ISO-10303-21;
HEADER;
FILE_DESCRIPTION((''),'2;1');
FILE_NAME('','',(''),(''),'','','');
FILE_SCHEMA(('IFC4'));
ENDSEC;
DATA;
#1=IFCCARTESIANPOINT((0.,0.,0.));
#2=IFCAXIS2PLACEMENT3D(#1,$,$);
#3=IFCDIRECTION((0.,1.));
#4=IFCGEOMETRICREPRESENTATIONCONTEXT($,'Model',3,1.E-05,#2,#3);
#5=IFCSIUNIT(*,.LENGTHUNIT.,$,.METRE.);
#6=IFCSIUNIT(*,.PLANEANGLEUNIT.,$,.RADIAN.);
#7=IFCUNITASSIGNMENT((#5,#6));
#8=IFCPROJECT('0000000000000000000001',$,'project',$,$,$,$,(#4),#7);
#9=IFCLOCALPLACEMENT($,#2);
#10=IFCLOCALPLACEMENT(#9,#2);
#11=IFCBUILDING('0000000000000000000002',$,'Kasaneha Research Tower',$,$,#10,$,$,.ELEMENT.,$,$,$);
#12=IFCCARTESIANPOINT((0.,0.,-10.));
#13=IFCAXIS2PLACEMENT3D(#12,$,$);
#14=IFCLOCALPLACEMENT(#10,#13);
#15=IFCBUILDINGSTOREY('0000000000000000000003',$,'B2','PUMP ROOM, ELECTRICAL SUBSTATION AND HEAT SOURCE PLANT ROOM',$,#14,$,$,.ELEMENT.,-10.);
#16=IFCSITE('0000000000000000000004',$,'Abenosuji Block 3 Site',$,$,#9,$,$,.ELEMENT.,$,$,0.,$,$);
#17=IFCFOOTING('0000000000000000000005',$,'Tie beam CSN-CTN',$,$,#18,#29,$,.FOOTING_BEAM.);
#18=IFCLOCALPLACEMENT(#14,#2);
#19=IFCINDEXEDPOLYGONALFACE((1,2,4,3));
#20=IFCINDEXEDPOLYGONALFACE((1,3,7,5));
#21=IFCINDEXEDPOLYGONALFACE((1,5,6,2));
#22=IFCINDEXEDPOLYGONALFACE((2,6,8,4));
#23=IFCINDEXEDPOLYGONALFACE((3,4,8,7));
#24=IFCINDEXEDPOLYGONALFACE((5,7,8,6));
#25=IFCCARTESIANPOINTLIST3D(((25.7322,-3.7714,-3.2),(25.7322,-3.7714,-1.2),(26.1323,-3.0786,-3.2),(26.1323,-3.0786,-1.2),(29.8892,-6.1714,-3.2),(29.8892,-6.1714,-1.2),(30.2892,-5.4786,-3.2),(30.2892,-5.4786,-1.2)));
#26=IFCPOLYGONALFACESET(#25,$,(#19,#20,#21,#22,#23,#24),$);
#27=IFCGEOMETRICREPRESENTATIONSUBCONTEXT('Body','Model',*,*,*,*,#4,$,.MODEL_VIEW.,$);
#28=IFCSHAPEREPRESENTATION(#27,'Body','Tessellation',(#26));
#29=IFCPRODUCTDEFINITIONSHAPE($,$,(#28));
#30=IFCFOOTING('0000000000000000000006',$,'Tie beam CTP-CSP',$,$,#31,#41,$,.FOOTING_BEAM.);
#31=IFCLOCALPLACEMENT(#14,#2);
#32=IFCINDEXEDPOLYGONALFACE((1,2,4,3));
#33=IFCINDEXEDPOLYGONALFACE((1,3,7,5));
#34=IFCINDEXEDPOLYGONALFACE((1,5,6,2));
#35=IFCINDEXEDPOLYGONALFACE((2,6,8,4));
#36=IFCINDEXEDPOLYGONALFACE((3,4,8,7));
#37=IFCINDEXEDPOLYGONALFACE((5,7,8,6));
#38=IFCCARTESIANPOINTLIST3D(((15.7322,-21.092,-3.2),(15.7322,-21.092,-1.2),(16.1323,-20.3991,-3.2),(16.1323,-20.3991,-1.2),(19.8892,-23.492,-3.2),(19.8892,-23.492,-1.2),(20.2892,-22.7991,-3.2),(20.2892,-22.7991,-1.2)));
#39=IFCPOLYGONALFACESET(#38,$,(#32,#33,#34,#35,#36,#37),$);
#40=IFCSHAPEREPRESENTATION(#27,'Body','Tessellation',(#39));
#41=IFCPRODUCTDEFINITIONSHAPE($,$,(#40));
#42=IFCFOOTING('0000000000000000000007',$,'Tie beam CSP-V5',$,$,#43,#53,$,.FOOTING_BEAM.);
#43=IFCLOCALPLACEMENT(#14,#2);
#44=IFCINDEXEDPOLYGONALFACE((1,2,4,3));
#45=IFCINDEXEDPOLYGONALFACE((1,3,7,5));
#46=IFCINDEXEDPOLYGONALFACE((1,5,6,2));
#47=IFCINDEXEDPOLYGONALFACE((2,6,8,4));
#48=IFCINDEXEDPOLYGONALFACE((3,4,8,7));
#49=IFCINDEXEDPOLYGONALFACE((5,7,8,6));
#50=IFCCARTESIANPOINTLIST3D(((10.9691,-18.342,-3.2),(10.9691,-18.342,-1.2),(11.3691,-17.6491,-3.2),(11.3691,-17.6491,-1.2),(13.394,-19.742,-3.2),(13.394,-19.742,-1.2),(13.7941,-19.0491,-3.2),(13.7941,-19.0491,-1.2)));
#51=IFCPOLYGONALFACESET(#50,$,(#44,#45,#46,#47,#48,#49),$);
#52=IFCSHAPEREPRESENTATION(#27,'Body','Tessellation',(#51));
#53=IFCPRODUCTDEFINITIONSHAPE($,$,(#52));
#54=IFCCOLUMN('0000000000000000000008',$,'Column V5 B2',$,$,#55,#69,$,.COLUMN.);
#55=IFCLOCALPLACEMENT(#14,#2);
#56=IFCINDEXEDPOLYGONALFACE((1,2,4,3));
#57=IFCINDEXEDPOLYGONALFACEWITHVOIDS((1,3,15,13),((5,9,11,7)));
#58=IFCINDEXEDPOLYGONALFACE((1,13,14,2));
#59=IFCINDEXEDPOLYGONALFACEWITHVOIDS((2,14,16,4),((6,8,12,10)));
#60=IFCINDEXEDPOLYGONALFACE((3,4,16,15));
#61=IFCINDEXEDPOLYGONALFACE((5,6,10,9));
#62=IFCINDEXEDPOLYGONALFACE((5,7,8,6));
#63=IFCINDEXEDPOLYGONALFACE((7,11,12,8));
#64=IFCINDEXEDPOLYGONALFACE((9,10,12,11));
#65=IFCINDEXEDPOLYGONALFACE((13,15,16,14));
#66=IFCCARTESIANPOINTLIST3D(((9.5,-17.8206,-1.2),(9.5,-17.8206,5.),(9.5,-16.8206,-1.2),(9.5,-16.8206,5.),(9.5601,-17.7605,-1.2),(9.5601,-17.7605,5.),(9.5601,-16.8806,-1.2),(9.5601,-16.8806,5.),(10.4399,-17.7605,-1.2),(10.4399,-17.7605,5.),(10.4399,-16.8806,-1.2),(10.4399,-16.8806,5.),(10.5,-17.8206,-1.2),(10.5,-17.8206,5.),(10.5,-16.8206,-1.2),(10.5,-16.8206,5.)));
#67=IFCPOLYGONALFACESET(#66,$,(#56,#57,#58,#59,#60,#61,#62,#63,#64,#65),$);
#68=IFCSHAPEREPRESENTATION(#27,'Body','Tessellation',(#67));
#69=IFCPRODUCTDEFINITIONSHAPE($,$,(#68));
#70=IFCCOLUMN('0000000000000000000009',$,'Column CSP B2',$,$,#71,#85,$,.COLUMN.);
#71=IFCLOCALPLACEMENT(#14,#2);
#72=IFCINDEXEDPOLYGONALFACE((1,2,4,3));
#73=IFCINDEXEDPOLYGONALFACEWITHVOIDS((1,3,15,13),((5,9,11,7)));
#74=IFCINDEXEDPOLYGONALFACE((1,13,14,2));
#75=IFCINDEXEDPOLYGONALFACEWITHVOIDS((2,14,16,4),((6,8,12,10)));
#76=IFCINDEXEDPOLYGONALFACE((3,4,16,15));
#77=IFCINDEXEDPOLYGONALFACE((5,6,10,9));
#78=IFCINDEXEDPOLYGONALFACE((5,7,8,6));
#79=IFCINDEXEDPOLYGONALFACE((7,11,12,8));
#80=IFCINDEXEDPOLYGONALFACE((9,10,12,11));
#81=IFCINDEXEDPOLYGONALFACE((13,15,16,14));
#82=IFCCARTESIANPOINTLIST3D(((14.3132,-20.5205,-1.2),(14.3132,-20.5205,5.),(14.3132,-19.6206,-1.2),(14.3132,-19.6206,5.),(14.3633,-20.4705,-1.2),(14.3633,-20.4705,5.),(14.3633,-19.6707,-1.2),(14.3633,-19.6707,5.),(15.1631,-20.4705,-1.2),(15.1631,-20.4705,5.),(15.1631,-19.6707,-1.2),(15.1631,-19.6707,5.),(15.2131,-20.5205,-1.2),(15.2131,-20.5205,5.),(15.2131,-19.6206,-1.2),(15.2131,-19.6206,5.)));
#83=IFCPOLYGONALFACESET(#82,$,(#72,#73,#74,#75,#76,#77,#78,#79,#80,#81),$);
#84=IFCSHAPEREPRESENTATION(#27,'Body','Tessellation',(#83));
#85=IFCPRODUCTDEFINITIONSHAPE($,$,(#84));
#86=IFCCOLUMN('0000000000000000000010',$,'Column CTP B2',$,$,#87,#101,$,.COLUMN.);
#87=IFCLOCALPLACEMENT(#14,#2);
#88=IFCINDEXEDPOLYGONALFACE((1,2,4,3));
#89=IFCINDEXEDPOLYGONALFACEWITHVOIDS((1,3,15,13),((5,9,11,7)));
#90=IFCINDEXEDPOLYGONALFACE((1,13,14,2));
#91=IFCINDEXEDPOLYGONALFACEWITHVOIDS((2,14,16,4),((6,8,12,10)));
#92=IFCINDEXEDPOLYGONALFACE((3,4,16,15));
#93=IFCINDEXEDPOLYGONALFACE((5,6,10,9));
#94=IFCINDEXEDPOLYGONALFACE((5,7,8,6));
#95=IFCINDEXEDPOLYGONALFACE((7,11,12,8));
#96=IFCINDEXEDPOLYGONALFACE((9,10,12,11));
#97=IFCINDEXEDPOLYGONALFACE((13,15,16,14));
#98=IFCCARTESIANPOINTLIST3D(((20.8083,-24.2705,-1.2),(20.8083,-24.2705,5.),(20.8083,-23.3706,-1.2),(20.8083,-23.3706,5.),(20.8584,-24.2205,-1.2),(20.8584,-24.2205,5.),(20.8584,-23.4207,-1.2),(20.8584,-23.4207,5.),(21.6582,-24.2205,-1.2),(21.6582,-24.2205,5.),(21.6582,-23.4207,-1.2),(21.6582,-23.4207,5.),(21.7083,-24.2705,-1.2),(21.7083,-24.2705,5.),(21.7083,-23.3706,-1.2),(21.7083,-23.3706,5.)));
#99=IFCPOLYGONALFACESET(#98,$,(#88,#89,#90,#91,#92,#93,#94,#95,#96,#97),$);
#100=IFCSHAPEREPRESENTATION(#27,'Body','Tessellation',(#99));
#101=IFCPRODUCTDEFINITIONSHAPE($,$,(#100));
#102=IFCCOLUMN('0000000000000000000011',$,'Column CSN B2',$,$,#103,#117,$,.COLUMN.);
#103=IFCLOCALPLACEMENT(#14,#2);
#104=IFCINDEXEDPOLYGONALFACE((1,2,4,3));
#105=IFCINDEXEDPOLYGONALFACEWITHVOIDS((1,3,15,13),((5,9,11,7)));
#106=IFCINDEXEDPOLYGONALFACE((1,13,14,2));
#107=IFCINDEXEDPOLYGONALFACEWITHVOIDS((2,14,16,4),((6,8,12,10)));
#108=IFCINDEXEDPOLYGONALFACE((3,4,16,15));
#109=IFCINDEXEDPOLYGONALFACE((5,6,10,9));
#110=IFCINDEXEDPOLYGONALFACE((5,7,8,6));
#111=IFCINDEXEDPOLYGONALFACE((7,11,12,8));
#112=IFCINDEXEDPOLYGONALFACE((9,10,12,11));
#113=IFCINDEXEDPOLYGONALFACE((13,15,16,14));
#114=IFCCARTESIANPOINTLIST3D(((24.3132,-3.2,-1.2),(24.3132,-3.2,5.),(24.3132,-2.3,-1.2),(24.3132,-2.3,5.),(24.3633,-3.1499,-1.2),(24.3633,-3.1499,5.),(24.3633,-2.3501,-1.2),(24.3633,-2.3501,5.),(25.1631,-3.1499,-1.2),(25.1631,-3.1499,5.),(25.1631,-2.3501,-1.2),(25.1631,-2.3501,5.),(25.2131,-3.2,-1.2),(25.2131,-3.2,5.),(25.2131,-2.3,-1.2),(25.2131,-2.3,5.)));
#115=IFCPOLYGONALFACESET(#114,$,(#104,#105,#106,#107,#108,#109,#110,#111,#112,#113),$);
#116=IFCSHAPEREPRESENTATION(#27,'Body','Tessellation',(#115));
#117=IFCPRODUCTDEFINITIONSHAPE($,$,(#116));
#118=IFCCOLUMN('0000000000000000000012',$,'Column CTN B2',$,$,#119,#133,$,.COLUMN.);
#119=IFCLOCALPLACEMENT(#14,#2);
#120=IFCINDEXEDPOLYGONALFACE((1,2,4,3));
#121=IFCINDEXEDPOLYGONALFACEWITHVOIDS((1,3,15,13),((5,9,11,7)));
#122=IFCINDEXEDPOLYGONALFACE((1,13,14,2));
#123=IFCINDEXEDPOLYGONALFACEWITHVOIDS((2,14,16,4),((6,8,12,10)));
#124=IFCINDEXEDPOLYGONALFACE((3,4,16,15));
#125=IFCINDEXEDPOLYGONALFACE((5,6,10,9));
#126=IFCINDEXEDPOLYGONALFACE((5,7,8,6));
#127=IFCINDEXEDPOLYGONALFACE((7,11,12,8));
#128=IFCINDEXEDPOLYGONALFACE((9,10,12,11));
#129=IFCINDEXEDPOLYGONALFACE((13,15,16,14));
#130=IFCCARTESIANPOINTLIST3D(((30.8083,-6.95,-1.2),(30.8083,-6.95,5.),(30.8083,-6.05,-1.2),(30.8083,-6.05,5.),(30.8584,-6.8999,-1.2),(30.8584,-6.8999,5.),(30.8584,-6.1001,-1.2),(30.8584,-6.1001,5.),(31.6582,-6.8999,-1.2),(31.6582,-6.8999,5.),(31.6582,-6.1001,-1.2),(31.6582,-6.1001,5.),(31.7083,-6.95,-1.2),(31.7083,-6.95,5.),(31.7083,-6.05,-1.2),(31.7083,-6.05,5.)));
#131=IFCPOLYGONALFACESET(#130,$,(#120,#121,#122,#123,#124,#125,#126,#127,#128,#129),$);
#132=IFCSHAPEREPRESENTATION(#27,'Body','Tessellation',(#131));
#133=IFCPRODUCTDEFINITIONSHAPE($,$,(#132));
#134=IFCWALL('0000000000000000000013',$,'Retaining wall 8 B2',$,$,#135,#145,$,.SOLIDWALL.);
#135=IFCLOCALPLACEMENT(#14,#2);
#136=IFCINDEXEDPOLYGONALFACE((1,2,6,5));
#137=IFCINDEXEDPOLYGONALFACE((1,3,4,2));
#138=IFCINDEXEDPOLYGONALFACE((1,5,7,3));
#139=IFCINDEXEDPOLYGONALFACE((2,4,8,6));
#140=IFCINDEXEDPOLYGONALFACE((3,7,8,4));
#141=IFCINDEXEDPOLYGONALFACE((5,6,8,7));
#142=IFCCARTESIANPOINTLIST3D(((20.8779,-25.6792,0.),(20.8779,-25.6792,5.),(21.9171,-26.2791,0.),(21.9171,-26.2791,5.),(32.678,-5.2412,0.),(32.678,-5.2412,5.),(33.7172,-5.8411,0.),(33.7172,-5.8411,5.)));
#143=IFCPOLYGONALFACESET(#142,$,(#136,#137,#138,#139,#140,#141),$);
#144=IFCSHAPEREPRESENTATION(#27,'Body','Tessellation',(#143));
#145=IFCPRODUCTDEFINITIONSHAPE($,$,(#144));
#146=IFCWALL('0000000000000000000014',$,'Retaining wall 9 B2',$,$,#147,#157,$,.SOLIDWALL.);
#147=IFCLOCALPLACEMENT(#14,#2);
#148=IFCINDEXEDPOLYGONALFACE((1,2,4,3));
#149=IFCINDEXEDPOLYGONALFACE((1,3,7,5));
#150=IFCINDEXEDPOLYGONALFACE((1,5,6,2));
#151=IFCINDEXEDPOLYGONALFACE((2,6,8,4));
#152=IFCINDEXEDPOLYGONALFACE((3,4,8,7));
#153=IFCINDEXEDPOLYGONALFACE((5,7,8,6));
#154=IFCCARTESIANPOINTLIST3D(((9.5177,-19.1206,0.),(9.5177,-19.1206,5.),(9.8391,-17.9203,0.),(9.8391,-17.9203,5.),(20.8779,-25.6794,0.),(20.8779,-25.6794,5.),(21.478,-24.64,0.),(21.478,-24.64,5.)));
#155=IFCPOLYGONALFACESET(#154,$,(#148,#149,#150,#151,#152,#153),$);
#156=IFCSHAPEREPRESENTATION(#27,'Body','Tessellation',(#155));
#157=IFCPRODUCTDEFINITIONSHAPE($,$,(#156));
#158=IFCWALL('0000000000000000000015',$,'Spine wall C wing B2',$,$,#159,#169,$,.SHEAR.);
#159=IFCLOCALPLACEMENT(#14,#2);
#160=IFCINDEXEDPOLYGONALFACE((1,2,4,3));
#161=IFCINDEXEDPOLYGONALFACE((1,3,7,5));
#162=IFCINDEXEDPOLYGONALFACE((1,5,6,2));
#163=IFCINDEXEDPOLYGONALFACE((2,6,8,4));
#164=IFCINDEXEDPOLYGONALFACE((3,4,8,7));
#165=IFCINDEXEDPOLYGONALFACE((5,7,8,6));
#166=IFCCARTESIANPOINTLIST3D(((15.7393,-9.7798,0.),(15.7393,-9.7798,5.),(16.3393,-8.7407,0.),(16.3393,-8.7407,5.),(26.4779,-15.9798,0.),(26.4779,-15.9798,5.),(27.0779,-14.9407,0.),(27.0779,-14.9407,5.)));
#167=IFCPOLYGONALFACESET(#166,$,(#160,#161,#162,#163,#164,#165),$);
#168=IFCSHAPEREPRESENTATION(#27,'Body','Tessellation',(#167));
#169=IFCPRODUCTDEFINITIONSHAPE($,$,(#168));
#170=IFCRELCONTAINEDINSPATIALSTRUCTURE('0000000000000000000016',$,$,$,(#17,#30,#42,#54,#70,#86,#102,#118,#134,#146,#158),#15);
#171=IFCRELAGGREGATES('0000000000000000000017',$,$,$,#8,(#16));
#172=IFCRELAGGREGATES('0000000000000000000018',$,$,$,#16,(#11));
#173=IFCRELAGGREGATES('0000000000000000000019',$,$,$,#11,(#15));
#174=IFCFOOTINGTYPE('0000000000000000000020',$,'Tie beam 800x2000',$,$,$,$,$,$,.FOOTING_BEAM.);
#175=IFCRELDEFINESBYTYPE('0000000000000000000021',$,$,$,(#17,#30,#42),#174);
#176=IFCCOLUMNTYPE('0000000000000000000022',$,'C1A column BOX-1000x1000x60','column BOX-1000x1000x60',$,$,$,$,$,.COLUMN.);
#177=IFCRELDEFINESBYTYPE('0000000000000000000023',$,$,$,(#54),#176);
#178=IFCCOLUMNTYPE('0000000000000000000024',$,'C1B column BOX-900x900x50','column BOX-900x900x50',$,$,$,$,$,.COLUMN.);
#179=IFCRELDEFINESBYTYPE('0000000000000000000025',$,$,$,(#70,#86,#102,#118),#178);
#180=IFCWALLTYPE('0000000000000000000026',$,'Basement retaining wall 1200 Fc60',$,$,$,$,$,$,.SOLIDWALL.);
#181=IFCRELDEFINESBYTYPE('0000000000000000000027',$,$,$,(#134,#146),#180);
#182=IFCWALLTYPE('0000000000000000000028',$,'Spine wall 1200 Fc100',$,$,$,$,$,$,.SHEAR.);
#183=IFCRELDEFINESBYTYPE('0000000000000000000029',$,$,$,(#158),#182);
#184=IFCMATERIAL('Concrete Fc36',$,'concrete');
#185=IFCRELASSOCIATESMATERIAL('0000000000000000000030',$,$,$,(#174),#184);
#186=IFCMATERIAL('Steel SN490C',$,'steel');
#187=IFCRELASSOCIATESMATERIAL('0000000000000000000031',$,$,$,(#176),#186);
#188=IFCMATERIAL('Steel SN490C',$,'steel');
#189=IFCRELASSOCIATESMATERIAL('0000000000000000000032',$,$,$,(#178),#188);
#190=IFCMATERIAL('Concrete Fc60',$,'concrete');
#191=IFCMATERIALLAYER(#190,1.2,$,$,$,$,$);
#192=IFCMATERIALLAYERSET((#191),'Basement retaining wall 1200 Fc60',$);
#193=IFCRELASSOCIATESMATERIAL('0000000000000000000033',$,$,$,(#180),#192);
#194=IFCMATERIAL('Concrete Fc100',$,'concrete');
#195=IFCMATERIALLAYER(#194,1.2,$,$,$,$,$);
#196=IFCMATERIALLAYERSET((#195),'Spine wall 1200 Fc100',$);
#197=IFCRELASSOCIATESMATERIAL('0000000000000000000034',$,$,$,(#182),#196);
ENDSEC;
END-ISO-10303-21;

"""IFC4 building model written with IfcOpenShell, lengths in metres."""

from ifc_helpers import new_model, si_unit, direction, frame, frame_2d, origin, origin_2d, place, context, subcontext, project, spatial, polyline, rectangle, hollow_rectangle, outline, extrude, material, layer, layer_set, material_profile, profile_set, type_object, element, save


model = new_model("IFC4")

# Units and contexts
model_context = context("Model", 3, precision=1e-05, world=origin(), true_north=direction((0.0, 1.0)))
body_context = subcontext(model_context, "Body", "Model", "MODEL_VIEW")
ifc_project = project(units=[si_unit("LENGTHUNIT", "METRE"), si_unit("PLANEANGLEUNIT", "RADIAN")], contexts=[model_context])

# Site, building, storey
site_placement = place(None, origin())
site = spatial("IfcSite", under=ifc_project, at=site_placement, Name="Abenosuji Block 3 Site", CompositionType="ELEMENT", RefElevation=0.0)
building_placement = place(site_placement, origin())
building = spatial("IfcBuilding", under=site, at=building_placement, Name="Kasaneha Research Tower", CompositionType="ELEMENT")
storey_placement = place(building_placement, frame((0.0, 0.0, -10.0)))
storey = spatial("IfcBuildingStorey", under=building, at=storey_placement, Name="B2", Description="PUMP ROOM, ELECTRICAL SUBSTATION AND HEAT SOURCE PLANT ROOM", CompositionType="ELEMENT", Elevation=-10.0)

# Footings
ifc_material_1 = material(Name="Concrete Fc36", Category="concrete")
footing_type_1 = type_object("IfcFootingType", Name="Tie beam 800x2000", PredefinedType="FOOTING_BEAM", material=ifc_material_1)
for number, where, z_axis, x_axis, name in (
    (1, (28.0107, -4.625, -3.2), (0.0, 0.0, 1.0), (0.866025, -0.5, 0.0), "Tie beam CSN-CTN"),
    (2, (18.0107, -21.9456, -3.2), (0.0, 0.0, 1.0), (-0.866025, 0.5, 0.0), "Tie beam CTP-CSP"),
):
    element("IfcFooting", number, at=place(storey_placement, frame(where, z_axis=z_axis, x_axis=x_axis)), inside=storey, type_object=footing_type_1, Name=name, PredefinedType="FOOTING_BEAM", context=body_context, shape_type="SweptSolid", body=[
        extrude(rectangle(XDim=4.8, YDim=0.8, at=origin_2d()), origin(), (0.0, 0.0, 1.0), 2.0),
    ])
footing_1_placement = place(storey_placement, frame((12.3816, -18.6956, -3.2), z_axis=(0.0, 0.0, 1.0), x_axis=(-0.866025, 0.5, 0.0)))
element("IfcFooting", 3, at=footing_1_placement, inside=storey, type_object=footing_type_1, Name="Tie beam CSP-V5", PredefinedType="FOOTING_BEAM", context=body_context, shape_type="SweptSolid", body=[
    extrude(rectangle(XDim=2.8, YDim=0.8, at=origin_2d()), origin(), (0.0, 0.0, 1.0), 2.0),
])

# Columns
ifc_material_2 = material(Name="Steel SN490C", Category="steel")
ifc_material_profile_1 = material_profile(ifc_material_2, hollow_rectangle(XDim=1.0, YDim=1.0, WallThickness=0.0601, at=origin_2d()), Name="BOX-1000x1000x60")
ifc_profile_set_1 = profile_set([ifc_material_profile_1], Name="Steel SN490C")
column_type_1 = type_object("IfcColumnType", Name="C1A column BOX-1000x1000x60", Description="column BOX-1000x1000x60", PredefinedType="COLUMN", material=ifc_profile_set_1)
column_placement = place(storey_placement, frame((10.0, -17.3206, -1.2), z_axis=(0.0, 0.0, 1.0), x_axis=(1.0, 0.0, 0.0)))
element("IfcColumn", 4, at=column_placement, inside=storey, type_object=column_type_1, Name="Column V5 B2", PredefinedType="COLUMN", context=body_context, shape_type="SweptSolid", body=[
    extrude(hollow_rectangle(XDim=1.0, YDim=1.0, WallThickness=0.0601, at=origin_2d()), origin(), (0.0, 0.0, 1.0), 6.2),
])
ifc_material_3 = material(Name="Steel SN490C", Category="steel")
ifc_material_profile_2 = material_profile(ifc_material_3, hollow_rectangle(XDim=0.8999, YDim=0.8999, WallThickness=0.05, at=origin_2d()), Name="BOX-900x900x50")
ifc_profile_set_2 = profile_set([ifc_material_profile_2], Name="Steel SN490C")
column_type_2 = type_object("IfcColumnType", Name="C1B column BOX-900x900x50", Description="column BOX-900x900x50", PredefinedType="COLUMN", material=ifc_profile_set_2)
for number, where, z_axis, x_axis, name in (
    (5, (14.7632, -20.0706, -1.2), (0.0, 0.0, 1.0), (1.0, 0.0, 0.0), "Column CSP B2"),
    (6, (21.2583, -23.8206, -1.2), (0.0, 0.0, 1.0), (1.0, 0.0, 0.0), "Column CTP B2"),
    (7, (24.7632, -2.75, -1.2), (0.0, 0.0, 1.0), (1.0, 0.0, 0.0), "Column CSN B2"),
    (8, (31.2583, -6.5, -1.2), (0.0, 0.0, 1.0), (1.0, 0.0, 0.0), "Column CTN B2"),
):
    element("IfcColumn", number, at=place(storey_placement, frame(where, z_axis=z_axis, x_axis=x_axis)), inside=storey, type_object=column_type_2, Name=name, PredefinedType="COLUMN", context=body_context, shape_type="SweptSolid", body=[
        extrude(hollow_rectangle(XDim=0.8999, YDim=0.8999, WallThickness=0.05, at=origin_2d()), origin(), (0.0, 0.0, 1.0), 6.2),
    ])

# Walls
ifc_material_4 = material(Name="Concrete Fc60", Category="concrete")
ifc_layer_1 = layer(ifc_material_4, 1.2)
ifc_layer_set_1 = layer_set([ifc_layer_1], Name="Basement retaining wall 1200 Fc60")
wall_type_1 = type_object("IfcWallType", Name="Basement retaining wall 1200 Fc60", PredefinedType="SOLIDWALL", material=ifc_layer_set_1)
wall_1_placement = place(storey_placement, frame((33.1975, -5.5413, 0.0), z_axis=(0.0, 0.0, 1.0), x_axis=(-0.500005, -0.866022, 0.0)))
element("IfcWall", 9, at=wall_1_placement, inside=storey, type_object=wall_type_1, Name="Retaining wall 8 B2", PredefinedType="SOLIDWALL", context=body_context, shape_type="SweptSolid", body=[
    extrude(rectangle(XDim=23.5999, YDim=1.2, at=frame_2d((11.7998, 0.0))), origin(), (0.0, 0.0, 1.0), 5.0),
])
wall_2_placement = place(storey_placement, frame((21.178, -25.1597, 0.0), z_axis=(0.0, 0.0, 1.0), x_axis=(-0.866028, 0.499995, 0.0)))
element("IfcWall", 10, at=wall_2_placement, inside=storey, type_object=wall_type_1, Name="Retaining wall 9 B2", PredefinedType="SOLIDWALL", context=body_context, shape_type="SweptSolid", body=[
    extrude(outline(polyline([(0.0, -0.6001), (13.4395, -0.6001), (13.1177, 0.6001), (0.0, 0.6001), (0.0, -0.6001)])), origin(), (0.0, 0.0, 1.0), 5.0),
])
ifc_material_5 = material(Name="Concrete Fc100", Category="concrete")
ifc_layer_2 = layer(ifc_material_5, 1.2)
ifc_layer_set_2 = layer_set([ifc_layer_2], Name="Spine wall 1200 Fc100")
wall_type_2 = type_object("IfcWallType", Name="Spine wall 1200 Fc100", PredefinedType="SHEAR", material=ifc_layer_set_2)
wall_3_placement = place(storey_placement, frame((16.0393, -9.2603, 0.0), z_axis=(0.0, 0.0, 1.0), x_axis=(0.866023, -0.500004, 0.0)))
element("IfcWall", 11, at=wall_3_placement, inside=storey, type_object=wall_type_2, Name="Spine wall C wing B2", PredefinedType="SHEAR", context=body_context, shape_type="SweptSolid", body=[
    extrude(rectangle(XDim=12.3999, YDim=1.2, at=frame_2d((6.2, 0.0))), origin(), (0.0, 0.0, 1.0), 5.0),
])

save(model, "model.ifc")
